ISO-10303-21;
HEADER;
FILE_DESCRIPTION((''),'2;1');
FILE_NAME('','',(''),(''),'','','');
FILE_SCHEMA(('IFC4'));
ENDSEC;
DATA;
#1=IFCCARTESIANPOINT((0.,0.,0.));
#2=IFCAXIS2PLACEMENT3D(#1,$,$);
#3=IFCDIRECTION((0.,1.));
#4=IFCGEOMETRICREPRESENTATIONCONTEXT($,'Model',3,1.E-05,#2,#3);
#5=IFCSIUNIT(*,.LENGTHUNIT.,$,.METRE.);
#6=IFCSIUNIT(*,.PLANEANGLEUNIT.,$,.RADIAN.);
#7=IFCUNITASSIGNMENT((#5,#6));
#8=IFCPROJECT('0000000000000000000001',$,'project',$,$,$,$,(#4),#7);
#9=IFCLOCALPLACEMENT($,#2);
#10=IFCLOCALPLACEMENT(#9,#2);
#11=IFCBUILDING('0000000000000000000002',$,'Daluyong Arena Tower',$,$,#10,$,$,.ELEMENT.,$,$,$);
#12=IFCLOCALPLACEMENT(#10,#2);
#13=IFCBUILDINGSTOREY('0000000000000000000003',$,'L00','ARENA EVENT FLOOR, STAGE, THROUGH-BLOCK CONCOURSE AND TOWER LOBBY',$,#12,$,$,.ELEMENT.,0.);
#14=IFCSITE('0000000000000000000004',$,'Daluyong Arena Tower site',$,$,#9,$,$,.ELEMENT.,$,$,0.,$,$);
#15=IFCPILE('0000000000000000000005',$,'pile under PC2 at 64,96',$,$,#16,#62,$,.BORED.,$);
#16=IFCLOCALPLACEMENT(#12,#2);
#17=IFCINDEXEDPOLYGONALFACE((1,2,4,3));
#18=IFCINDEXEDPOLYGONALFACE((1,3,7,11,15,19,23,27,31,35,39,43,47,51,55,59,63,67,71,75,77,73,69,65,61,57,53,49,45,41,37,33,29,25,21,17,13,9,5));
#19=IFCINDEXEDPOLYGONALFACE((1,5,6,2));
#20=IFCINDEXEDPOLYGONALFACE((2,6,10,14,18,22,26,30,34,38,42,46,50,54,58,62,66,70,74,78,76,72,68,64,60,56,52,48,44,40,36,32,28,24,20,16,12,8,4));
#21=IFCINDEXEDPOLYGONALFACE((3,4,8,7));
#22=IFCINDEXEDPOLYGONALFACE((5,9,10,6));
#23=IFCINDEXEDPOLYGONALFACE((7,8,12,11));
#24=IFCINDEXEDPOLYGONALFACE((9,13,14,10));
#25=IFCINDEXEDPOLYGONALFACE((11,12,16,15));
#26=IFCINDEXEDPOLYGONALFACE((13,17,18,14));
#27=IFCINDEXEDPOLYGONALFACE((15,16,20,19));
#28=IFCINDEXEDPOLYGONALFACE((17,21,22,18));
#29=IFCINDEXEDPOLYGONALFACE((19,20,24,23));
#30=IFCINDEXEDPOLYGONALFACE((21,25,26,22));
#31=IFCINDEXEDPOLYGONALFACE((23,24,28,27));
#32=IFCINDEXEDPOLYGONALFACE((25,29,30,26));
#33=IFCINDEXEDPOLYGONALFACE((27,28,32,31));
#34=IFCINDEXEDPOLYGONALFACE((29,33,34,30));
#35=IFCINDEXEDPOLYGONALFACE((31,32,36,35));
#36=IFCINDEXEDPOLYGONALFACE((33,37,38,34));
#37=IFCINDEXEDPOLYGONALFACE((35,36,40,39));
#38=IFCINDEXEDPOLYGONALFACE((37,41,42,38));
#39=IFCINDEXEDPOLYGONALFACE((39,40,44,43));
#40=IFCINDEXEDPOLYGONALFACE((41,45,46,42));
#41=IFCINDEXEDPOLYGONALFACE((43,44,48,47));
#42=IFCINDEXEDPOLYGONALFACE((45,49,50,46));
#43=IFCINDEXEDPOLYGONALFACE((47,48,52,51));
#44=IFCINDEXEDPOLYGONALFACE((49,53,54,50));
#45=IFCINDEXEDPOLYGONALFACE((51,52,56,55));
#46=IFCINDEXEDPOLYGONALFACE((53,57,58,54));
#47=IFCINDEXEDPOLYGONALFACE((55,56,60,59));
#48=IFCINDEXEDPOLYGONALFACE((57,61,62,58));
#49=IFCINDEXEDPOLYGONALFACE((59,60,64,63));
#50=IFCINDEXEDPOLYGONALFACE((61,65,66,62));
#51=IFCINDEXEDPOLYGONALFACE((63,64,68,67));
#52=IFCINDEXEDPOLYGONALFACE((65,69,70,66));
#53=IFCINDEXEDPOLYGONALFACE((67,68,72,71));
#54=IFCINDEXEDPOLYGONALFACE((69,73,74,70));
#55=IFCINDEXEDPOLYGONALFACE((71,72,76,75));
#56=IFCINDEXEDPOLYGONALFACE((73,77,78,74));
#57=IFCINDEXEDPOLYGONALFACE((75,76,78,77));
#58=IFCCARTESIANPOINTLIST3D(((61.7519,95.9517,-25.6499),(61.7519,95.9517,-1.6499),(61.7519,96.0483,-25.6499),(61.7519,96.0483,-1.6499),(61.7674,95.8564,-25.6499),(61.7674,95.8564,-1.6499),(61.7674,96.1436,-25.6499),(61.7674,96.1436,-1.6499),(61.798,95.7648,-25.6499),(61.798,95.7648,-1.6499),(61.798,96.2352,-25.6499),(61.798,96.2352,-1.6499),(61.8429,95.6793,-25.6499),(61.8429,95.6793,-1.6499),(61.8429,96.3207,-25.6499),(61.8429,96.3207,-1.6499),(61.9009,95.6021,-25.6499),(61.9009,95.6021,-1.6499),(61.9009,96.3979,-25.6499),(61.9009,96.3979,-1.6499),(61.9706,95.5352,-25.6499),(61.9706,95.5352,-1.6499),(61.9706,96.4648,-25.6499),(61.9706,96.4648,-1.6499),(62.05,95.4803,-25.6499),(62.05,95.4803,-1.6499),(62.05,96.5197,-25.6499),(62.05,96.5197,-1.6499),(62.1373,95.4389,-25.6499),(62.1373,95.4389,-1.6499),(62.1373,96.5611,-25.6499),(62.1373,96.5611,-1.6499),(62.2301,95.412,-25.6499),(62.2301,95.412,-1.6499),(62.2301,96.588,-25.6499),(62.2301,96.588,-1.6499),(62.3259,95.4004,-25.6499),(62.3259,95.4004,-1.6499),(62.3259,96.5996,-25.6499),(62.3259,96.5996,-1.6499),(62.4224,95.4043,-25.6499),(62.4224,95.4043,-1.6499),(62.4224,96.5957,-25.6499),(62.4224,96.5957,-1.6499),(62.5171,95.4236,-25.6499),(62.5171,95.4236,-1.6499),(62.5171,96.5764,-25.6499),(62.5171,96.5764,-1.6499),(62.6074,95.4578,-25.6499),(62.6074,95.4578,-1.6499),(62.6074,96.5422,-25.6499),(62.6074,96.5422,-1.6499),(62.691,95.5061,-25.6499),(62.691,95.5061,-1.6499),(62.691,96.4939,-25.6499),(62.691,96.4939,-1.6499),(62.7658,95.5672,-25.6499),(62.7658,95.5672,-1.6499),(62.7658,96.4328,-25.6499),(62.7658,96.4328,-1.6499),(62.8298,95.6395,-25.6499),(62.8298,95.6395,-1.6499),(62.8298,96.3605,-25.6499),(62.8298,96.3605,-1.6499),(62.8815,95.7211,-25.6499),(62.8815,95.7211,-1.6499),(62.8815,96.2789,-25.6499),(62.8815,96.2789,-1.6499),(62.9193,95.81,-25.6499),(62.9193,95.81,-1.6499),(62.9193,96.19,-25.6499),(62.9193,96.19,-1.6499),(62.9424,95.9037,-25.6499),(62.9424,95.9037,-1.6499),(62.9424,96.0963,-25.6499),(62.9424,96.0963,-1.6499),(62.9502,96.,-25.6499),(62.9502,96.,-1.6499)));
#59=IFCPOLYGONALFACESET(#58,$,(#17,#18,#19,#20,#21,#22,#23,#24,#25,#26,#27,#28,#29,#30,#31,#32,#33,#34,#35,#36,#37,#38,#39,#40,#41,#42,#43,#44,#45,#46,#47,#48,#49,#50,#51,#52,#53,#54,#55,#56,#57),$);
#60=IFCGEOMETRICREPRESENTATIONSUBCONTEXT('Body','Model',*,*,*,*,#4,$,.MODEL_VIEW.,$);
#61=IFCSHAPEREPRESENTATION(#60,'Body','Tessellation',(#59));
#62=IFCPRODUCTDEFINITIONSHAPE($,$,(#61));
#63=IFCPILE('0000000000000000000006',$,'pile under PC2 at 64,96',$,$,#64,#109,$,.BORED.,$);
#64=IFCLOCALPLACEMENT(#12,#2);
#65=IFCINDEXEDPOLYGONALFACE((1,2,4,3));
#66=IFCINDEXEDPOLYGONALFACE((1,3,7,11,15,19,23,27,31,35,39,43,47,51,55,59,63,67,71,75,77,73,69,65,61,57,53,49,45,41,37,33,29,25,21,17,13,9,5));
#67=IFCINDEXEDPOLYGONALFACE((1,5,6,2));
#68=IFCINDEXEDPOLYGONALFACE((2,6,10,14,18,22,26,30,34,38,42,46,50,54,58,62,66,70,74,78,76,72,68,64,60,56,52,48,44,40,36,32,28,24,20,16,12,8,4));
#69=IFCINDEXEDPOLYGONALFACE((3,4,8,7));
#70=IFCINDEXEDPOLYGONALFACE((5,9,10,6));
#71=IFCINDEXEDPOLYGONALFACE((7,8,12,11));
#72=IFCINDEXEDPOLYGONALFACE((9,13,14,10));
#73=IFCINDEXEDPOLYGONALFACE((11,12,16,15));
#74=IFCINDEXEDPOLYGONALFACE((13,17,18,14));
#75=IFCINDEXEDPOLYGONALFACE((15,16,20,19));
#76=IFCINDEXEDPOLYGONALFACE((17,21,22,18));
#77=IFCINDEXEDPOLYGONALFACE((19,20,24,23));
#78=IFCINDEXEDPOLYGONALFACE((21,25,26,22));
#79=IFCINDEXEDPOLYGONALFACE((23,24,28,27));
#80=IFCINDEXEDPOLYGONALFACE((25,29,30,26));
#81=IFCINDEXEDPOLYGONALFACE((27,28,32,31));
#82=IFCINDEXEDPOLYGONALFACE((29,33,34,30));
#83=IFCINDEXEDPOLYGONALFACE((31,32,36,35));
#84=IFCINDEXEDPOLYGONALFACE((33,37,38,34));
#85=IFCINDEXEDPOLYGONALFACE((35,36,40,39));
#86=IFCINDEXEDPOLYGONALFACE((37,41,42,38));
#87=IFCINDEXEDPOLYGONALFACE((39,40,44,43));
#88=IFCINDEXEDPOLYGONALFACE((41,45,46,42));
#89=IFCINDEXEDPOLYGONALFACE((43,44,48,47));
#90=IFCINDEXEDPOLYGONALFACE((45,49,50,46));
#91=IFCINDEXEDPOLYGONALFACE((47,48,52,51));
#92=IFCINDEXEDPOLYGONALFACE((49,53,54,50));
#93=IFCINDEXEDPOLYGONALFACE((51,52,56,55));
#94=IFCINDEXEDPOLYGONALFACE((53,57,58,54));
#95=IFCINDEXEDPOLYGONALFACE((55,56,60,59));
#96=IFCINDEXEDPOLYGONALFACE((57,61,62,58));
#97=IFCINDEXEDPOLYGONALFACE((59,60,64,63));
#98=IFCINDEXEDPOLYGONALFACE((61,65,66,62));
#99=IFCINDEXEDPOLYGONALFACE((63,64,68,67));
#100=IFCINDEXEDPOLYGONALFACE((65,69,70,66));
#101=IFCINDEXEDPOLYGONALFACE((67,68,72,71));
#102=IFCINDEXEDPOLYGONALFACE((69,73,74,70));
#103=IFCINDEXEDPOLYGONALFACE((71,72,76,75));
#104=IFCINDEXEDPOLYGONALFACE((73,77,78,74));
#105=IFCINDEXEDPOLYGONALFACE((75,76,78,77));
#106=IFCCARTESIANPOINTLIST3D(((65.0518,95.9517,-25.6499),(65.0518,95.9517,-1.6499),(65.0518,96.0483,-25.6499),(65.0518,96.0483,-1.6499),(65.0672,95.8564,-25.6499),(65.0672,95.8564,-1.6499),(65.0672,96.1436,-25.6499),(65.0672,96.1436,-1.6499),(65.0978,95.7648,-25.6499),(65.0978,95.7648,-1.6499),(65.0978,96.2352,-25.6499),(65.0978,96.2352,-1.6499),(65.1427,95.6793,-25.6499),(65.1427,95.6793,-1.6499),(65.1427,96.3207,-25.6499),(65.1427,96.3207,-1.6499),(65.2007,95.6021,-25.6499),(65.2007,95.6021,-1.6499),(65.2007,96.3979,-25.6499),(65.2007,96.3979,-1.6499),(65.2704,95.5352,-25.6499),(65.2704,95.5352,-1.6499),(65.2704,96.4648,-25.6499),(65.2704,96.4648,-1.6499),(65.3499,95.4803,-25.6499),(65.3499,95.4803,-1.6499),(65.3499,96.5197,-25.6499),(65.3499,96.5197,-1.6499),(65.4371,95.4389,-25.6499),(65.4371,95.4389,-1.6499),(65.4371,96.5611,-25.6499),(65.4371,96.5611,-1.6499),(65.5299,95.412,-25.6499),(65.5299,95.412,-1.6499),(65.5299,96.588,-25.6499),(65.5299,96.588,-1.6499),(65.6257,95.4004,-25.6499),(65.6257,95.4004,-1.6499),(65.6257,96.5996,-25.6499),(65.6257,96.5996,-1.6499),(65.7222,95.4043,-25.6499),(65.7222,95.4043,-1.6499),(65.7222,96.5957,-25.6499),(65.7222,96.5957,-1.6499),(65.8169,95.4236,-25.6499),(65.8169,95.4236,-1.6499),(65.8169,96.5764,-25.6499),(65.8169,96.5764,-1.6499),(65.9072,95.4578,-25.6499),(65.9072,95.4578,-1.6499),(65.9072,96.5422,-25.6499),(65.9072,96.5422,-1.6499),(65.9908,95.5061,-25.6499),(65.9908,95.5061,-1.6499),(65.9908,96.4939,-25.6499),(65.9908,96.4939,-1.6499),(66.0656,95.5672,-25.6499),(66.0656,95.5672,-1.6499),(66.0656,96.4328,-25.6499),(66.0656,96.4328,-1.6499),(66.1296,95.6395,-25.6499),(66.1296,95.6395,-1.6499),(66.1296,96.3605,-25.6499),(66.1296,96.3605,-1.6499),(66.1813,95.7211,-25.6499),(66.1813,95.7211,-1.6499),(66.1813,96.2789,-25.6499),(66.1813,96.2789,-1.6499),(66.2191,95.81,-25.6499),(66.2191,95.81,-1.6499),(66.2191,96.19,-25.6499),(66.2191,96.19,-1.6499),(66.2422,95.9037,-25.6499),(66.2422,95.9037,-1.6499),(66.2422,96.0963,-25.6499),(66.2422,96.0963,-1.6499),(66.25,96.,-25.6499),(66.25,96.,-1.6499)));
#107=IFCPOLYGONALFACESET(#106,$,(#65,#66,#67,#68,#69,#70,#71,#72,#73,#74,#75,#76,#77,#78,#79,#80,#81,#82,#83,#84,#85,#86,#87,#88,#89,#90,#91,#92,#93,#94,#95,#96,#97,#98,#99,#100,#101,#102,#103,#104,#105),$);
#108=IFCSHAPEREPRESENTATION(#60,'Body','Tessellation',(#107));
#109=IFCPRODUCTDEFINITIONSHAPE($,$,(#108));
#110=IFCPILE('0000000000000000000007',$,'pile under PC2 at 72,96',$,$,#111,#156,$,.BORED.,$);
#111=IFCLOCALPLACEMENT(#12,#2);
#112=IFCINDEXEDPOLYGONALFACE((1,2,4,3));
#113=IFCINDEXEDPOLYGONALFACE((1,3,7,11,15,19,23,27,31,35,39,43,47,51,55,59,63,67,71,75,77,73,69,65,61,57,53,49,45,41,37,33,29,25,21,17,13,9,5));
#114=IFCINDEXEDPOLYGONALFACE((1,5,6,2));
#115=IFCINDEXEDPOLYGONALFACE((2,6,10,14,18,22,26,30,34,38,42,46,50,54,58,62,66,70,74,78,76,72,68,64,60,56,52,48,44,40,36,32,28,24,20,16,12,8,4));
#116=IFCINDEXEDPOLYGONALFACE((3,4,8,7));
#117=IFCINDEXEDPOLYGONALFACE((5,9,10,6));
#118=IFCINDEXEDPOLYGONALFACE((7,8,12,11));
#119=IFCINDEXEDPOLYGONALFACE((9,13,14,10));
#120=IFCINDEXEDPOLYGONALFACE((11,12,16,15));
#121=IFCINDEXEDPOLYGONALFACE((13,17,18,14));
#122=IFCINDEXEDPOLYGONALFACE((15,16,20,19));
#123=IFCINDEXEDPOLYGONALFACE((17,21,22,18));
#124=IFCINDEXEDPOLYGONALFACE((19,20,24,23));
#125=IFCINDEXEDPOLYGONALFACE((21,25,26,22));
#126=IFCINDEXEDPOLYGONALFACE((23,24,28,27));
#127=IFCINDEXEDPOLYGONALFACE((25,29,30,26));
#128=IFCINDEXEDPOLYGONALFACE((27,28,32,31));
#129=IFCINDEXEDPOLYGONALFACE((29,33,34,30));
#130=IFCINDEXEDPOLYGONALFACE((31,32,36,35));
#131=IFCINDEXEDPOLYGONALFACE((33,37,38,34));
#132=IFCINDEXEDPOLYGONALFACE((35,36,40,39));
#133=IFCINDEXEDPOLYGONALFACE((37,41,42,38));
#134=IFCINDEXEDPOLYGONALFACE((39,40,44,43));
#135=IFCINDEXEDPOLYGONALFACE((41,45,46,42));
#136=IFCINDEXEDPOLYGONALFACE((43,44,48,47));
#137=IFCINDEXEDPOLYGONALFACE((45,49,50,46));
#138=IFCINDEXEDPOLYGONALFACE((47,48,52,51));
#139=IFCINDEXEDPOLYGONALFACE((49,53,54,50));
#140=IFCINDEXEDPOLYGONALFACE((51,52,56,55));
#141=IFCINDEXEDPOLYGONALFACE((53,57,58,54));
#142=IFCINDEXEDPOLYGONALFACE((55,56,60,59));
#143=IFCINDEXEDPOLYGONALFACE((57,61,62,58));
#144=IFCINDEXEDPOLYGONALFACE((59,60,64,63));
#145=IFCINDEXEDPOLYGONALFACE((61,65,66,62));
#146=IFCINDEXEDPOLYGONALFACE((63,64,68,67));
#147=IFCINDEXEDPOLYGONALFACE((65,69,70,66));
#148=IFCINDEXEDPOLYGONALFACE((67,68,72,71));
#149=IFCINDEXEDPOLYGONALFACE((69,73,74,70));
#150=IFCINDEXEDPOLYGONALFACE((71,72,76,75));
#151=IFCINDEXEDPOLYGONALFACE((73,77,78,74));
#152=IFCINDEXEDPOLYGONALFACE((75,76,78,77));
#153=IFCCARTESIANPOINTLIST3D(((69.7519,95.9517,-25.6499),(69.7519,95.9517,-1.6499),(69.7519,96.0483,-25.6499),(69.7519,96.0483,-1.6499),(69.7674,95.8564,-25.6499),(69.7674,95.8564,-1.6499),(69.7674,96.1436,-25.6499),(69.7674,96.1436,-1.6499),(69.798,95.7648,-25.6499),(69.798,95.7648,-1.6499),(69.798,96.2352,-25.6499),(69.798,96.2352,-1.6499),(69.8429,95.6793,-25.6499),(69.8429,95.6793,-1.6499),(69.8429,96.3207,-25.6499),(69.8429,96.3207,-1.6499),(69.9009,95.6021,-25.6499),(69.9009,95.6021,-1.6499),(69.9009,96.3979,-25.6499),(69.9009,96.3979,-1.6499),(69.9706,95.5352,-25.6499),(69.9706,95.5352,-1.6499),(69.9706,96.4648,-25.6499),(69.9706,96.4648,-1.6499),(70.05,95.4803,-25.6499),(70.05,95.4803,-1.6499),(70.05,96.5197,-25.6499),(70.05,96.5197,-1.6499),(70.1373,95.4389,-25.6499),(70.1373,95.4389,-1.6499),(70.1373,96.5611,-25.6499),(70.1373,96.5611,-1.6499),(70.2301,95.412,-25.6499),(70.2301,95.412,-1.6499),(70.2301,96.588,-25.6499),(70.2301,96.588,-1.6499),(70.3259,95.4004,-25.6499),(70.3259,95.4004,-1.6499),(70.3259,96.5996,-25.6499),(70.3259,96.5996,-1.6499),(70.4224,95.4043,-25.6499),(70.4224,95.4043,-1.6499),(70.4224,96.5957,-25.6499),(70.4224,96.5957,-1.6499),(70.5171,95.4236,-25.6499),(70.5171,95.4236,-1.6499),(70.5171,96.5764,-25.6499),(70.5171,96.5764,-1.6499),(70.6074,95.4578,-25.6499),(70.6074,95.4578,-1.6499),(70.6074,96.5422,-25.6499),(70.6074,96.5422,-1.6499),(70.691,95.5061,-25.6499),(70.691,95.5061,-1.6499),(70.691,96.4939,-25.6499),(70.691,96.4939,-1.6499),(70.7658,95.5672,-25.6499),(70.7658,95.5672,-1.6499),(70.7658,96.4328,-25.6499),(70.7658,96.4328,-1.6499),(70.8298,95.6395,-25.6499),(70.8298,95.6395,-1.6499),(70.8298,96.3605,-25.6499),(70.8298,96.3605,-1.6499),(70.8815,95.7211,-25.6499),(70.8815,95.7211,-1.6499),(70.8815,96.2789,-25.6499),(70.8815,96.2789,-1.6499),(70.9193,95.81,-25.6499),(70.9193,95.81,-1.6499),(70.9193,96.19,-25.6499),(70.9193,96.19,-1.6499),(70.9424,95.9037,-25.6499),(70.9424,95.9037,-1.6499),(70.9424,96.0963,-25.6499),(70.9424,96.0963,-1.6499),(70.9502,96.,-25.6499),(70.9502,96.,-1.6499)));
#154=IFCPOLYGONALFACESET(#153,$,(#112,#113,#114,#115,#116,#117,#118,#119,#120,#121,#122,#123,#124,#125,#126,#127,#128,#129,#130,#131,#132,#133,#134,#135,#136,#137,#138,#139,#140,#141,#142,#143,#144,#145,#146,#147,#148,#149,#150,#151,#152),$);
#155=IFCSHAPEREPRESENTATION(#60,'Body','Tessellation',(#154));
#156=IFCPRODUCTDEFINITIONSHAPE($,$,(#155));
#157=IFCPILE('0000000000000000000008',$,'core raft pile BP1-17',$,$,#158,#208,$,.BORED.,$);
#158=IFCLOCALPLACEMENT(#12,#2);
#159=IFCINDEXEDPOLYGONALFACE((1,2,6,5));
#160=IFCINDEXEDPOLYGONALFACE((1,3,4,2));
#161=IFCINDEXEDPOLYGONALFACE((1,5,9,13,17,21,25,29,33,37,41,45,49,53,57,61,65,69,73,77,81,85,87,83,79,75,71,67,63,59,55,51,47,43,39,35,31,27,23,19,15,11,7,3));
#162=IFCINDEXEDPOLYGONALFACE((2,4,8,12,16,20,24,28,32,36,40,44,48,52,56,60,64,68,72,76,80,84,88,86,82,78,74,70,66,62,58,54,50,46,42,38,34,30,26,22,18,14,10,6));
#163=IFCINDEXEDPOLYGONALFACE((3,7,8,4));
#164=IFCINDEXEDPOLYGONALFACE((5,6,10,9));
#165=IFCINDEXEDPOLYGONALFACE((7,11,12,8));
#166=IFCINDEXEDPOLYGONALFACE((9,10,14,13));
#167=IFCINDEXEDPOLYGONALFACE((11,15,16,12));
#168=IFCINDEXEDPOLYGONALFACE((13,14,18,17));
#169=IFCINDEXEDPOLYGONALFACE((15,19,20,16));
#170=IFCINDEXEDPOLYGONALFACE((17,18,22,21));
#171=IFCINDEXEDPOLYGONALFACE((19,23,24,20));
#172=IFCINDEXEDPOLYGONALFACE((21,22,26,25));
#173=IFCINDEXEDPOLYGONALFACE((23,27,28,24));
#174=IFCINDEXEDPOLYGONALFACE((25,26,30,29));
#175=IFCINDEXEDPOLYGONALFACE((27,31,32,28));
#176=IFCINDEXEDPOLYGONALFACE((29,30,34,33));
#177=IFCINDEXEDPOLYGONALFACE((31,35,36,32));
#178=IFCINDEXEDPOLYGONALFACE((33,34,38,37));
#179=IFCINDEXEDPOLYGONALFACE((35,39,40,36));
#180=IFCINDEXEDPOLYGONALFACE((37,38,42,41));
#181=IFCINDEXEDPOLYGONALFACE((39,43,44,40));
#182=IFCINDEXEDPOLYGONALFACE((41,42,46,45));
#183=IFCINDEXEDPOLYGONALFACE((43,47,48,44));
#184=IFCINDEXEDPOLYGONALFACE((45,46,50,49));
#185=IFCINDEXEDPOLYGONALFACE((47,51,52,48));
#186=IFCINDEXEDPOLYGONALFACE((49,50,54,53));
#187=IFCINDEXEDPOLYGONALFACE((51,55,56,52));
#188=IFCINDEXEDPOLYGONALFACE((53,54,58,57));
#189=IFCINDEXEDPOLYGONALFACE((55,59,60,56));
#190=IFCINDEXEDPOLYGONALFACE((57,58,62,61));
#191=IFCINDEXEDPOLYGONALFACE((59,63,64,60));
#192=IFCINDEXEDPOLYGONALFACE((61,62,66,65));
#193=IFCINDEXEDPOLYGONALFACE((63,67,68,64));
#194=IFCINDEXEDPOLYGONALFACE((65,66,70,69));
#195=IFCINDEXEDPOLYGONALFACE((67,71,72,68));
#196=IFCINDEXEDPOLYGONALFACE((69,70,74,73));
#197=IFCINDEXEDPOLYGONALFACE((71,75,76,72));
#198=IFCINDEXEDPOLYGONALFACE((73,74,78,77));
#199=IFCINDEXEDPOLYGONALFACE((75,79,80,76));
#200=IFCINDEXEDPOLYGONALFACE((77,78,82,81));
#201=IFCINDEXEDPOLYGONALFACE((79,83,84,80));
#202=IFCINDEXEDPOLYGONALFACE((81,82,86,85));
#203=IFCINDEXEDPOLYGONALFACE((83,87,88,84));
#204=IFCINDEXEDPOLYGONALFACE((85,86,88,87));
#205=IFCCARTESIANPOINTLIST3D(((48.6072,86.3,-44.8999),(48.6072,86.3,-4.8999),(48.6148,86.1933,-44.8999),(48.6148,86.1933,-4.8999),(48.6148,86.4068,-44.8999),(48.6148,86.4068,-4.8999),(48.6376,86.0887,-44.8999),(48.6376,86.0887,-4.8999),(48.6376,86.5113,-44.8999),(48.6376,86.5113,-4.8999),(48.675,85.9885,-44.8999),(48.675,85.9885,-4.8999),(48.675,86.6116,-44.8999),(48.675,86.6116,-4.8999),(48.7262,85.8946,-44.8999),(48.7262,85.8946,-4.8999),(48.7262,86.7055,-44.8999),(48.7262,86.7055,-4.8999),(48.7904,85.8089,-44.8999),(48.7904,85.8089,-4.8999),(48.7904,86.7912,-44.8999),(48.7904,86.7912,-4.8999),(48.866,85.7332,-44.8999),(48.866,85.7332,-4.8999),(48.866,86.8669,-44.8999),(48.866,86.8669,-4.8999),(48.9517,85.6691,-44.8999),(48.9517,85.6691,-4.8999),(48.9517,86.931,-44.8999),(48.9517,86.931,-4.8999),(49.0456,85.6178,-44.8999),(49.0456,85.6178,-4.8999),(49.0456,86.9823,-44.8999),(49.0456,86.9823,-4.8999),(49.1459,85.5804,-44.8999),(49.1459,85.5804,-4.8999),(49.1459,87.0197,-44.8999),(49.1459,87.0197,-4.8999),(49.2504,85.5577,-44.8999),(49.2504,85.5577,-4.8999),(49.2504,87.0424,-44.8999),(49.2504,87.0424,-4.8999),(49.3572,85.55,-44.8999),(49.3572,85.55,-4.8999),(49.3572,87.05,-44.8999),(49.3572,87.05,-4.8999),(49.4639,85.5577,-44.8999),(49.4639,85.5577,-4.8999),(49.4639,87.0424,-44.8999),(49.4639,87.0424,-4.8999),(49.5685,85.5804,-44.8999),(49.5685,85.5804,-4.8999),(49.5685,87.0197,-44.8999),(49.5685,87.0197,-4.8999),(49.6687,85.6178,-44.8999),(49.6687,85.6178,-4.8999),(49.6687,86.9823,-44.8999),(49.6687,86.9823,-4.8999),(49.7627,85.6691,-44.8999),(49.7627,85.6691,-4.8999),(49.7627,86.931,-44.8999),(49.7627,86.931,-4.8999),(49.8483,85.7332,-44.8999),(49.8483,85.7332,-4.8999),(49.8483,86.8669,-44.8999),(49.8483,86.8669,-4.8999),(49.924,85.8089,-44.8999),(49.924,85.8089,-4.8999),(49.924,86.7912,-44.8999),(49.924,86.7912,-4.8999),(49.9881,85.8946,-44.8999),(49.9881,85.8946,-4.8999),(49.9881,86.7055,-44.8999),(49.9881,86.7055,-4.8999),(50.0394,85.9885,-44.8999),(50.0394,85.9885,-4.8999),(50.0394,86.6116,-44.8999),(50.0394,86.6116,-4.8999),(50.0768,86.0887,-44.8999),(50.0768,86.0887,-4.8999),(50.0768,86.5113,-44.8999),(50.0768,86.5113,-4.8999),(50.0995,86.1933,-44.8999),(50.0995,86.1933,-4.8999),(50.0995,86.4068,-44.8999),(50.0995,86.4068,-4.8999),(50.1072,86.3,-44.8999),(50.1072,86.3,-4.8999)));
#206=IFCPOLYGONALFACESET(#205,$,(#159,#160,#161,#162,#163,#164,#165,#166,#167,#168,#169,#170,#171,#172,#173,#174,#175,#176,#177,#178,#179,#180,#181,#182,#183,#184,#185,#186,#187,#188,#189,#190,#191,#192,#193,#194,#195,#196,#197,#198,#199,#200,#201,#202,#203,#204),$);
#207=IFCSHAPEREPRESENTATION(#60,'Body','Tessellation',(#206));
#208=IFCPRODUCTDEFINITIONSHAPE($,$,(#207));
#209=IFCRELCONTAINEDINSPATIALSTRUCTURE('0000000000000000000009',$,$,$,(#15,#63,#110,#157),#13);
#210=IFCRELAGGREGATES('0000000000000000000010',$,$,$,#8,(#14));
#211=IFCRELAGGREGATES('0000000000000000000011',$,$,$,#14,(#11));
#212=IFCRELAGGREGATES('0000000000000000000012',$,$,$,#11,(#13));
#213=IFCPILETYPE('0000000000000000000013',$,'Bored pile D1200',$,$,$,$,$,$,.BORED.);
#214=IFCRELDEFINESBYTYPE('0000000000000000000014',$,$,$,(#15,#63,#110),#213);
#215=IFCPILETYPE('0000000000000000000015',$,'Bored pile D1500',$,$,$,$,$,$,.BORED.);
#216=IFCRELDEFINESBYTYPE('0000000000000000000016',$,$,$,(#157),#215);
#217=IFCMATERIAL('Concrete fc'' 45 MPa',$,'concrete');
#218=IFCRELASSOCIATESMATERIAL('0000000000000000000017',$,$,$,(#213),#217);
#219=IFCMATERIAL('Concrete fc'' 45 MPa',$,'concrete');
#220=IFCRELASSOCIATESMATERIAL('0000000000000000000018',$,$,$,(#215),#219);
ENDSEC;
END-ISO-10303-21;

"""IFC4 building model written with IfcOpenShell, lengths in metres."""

from ifc_helpers import new_model, si_unit, direction, frame, origin, origin_2d, place, context, subcontext, project, spatial, circle, extrude, material, type_object, element, save


model = new_model("IFC4")

# Units and contexts
model_context = context("Model", 3, precision=1e-05, world=origin(), true_north=direction((0.0, 1.0)))
body_context = subcontext(model_context, "Body", "Model", "MODEL_VIEW")
ifc_project = project(units=[si_unit("LENGTHUNIT", "METRE"), si_unit("PLANEANGLEUNIT", "RADIAN")], contexts=[model_context])

# Site, building, storey
site_placement = place(None, origin())
site = spatial("IfcSite", under=ifc_project, at=site_placement, Name="Daluyong Arena Tower site", CompositionType="ELEMENT", RefElevation=0.0)
building_placement = place(site_placement, origin())
building = spatial("IfcBuilding", under=site, at=building_placement, Name="Daluyong Arena Tower", CompositionType="ELEMENT")
storey_placement = place(building_placement, origin())
storey = spatial("IfcBuildingStorey", under=building, at=storey_placement, Name="L00", Description="ARENA EVENT FLOOR, STAGE, THROUGH-BLOCK CONCOURSE AND TOWER LOBBY", CompositionType="ELEMENT", Elevation=0.0)

# Piles
ifc_material_1 = material(Name="Concrete fc' 45 MPa", Category="concrete")
pile_type_1 = type_object("IfcPileType", Name="Bored pile D1200", PredefinedType="BORED", material=ifc_material_1)
for number, where, z_axis, x_axis, name in (
    (1, (62.3501, 96.0, -1.6499), (0.0, 0.0, -1.0), (1.0, 0.0, 0.0), "pile under PC2 at 64,96"),
    (2, (65.6499, 96.0, -1.6499), (0.0, 0.0, -1.0), (1.0, 0.0, 0.0), "pile under PC2 at 64,96"),
    (3, (70.3501, 96.0, -1.6499), (0.0, 0.0, -1.0), (1.0, 0.0, 0.0), "pile under PC2 at 72,96"),
):
    element("IfcPile", number, at=place(storey_placement, frame(where, z_axis=z_axis, x_axis=x_axis)), inside=storey, type_object=pile_type_1, Name=name, PredefinedType="BORED", context=body_context, shape_type="SweptSolid", body=[
        extrude(circle(Radius=0.6001, at=origin_2d()), origin(), (0.0, 0.0, 1.0), 24.0),
    ])
ifc_material_2 = material(Name="Concrete fc' 45 MPa", Category="concrete")
pile_type_2 = type_object("IfcPileType", Name="Bored pile D1500", PredefinedType="BORED", material=ifc_material_2)
for number, where, z_axis, x_axis, name in (
    (4, (49.3572, 86.3, -4.8999), (0.0, 0.0, -1.0), (1.0, 0.0, 0.0), "core raft pile BP1-17"),
):
    element("IfcPile", number, at=place(storey_placement, frame(where, z_axis=z_axis, x_axis=x_axis)), inside=storey, type_object=pile_type_2, Name=name, PredefinedType="BORED", context=body_context, shape_type="SweptSolid", body=[
        extrude(circle(Radius=0.75, at=origin_2d()), origin(), (0.0, 0.0, 1.0), 40.0),
    ])

save(model, "model.ifc")
